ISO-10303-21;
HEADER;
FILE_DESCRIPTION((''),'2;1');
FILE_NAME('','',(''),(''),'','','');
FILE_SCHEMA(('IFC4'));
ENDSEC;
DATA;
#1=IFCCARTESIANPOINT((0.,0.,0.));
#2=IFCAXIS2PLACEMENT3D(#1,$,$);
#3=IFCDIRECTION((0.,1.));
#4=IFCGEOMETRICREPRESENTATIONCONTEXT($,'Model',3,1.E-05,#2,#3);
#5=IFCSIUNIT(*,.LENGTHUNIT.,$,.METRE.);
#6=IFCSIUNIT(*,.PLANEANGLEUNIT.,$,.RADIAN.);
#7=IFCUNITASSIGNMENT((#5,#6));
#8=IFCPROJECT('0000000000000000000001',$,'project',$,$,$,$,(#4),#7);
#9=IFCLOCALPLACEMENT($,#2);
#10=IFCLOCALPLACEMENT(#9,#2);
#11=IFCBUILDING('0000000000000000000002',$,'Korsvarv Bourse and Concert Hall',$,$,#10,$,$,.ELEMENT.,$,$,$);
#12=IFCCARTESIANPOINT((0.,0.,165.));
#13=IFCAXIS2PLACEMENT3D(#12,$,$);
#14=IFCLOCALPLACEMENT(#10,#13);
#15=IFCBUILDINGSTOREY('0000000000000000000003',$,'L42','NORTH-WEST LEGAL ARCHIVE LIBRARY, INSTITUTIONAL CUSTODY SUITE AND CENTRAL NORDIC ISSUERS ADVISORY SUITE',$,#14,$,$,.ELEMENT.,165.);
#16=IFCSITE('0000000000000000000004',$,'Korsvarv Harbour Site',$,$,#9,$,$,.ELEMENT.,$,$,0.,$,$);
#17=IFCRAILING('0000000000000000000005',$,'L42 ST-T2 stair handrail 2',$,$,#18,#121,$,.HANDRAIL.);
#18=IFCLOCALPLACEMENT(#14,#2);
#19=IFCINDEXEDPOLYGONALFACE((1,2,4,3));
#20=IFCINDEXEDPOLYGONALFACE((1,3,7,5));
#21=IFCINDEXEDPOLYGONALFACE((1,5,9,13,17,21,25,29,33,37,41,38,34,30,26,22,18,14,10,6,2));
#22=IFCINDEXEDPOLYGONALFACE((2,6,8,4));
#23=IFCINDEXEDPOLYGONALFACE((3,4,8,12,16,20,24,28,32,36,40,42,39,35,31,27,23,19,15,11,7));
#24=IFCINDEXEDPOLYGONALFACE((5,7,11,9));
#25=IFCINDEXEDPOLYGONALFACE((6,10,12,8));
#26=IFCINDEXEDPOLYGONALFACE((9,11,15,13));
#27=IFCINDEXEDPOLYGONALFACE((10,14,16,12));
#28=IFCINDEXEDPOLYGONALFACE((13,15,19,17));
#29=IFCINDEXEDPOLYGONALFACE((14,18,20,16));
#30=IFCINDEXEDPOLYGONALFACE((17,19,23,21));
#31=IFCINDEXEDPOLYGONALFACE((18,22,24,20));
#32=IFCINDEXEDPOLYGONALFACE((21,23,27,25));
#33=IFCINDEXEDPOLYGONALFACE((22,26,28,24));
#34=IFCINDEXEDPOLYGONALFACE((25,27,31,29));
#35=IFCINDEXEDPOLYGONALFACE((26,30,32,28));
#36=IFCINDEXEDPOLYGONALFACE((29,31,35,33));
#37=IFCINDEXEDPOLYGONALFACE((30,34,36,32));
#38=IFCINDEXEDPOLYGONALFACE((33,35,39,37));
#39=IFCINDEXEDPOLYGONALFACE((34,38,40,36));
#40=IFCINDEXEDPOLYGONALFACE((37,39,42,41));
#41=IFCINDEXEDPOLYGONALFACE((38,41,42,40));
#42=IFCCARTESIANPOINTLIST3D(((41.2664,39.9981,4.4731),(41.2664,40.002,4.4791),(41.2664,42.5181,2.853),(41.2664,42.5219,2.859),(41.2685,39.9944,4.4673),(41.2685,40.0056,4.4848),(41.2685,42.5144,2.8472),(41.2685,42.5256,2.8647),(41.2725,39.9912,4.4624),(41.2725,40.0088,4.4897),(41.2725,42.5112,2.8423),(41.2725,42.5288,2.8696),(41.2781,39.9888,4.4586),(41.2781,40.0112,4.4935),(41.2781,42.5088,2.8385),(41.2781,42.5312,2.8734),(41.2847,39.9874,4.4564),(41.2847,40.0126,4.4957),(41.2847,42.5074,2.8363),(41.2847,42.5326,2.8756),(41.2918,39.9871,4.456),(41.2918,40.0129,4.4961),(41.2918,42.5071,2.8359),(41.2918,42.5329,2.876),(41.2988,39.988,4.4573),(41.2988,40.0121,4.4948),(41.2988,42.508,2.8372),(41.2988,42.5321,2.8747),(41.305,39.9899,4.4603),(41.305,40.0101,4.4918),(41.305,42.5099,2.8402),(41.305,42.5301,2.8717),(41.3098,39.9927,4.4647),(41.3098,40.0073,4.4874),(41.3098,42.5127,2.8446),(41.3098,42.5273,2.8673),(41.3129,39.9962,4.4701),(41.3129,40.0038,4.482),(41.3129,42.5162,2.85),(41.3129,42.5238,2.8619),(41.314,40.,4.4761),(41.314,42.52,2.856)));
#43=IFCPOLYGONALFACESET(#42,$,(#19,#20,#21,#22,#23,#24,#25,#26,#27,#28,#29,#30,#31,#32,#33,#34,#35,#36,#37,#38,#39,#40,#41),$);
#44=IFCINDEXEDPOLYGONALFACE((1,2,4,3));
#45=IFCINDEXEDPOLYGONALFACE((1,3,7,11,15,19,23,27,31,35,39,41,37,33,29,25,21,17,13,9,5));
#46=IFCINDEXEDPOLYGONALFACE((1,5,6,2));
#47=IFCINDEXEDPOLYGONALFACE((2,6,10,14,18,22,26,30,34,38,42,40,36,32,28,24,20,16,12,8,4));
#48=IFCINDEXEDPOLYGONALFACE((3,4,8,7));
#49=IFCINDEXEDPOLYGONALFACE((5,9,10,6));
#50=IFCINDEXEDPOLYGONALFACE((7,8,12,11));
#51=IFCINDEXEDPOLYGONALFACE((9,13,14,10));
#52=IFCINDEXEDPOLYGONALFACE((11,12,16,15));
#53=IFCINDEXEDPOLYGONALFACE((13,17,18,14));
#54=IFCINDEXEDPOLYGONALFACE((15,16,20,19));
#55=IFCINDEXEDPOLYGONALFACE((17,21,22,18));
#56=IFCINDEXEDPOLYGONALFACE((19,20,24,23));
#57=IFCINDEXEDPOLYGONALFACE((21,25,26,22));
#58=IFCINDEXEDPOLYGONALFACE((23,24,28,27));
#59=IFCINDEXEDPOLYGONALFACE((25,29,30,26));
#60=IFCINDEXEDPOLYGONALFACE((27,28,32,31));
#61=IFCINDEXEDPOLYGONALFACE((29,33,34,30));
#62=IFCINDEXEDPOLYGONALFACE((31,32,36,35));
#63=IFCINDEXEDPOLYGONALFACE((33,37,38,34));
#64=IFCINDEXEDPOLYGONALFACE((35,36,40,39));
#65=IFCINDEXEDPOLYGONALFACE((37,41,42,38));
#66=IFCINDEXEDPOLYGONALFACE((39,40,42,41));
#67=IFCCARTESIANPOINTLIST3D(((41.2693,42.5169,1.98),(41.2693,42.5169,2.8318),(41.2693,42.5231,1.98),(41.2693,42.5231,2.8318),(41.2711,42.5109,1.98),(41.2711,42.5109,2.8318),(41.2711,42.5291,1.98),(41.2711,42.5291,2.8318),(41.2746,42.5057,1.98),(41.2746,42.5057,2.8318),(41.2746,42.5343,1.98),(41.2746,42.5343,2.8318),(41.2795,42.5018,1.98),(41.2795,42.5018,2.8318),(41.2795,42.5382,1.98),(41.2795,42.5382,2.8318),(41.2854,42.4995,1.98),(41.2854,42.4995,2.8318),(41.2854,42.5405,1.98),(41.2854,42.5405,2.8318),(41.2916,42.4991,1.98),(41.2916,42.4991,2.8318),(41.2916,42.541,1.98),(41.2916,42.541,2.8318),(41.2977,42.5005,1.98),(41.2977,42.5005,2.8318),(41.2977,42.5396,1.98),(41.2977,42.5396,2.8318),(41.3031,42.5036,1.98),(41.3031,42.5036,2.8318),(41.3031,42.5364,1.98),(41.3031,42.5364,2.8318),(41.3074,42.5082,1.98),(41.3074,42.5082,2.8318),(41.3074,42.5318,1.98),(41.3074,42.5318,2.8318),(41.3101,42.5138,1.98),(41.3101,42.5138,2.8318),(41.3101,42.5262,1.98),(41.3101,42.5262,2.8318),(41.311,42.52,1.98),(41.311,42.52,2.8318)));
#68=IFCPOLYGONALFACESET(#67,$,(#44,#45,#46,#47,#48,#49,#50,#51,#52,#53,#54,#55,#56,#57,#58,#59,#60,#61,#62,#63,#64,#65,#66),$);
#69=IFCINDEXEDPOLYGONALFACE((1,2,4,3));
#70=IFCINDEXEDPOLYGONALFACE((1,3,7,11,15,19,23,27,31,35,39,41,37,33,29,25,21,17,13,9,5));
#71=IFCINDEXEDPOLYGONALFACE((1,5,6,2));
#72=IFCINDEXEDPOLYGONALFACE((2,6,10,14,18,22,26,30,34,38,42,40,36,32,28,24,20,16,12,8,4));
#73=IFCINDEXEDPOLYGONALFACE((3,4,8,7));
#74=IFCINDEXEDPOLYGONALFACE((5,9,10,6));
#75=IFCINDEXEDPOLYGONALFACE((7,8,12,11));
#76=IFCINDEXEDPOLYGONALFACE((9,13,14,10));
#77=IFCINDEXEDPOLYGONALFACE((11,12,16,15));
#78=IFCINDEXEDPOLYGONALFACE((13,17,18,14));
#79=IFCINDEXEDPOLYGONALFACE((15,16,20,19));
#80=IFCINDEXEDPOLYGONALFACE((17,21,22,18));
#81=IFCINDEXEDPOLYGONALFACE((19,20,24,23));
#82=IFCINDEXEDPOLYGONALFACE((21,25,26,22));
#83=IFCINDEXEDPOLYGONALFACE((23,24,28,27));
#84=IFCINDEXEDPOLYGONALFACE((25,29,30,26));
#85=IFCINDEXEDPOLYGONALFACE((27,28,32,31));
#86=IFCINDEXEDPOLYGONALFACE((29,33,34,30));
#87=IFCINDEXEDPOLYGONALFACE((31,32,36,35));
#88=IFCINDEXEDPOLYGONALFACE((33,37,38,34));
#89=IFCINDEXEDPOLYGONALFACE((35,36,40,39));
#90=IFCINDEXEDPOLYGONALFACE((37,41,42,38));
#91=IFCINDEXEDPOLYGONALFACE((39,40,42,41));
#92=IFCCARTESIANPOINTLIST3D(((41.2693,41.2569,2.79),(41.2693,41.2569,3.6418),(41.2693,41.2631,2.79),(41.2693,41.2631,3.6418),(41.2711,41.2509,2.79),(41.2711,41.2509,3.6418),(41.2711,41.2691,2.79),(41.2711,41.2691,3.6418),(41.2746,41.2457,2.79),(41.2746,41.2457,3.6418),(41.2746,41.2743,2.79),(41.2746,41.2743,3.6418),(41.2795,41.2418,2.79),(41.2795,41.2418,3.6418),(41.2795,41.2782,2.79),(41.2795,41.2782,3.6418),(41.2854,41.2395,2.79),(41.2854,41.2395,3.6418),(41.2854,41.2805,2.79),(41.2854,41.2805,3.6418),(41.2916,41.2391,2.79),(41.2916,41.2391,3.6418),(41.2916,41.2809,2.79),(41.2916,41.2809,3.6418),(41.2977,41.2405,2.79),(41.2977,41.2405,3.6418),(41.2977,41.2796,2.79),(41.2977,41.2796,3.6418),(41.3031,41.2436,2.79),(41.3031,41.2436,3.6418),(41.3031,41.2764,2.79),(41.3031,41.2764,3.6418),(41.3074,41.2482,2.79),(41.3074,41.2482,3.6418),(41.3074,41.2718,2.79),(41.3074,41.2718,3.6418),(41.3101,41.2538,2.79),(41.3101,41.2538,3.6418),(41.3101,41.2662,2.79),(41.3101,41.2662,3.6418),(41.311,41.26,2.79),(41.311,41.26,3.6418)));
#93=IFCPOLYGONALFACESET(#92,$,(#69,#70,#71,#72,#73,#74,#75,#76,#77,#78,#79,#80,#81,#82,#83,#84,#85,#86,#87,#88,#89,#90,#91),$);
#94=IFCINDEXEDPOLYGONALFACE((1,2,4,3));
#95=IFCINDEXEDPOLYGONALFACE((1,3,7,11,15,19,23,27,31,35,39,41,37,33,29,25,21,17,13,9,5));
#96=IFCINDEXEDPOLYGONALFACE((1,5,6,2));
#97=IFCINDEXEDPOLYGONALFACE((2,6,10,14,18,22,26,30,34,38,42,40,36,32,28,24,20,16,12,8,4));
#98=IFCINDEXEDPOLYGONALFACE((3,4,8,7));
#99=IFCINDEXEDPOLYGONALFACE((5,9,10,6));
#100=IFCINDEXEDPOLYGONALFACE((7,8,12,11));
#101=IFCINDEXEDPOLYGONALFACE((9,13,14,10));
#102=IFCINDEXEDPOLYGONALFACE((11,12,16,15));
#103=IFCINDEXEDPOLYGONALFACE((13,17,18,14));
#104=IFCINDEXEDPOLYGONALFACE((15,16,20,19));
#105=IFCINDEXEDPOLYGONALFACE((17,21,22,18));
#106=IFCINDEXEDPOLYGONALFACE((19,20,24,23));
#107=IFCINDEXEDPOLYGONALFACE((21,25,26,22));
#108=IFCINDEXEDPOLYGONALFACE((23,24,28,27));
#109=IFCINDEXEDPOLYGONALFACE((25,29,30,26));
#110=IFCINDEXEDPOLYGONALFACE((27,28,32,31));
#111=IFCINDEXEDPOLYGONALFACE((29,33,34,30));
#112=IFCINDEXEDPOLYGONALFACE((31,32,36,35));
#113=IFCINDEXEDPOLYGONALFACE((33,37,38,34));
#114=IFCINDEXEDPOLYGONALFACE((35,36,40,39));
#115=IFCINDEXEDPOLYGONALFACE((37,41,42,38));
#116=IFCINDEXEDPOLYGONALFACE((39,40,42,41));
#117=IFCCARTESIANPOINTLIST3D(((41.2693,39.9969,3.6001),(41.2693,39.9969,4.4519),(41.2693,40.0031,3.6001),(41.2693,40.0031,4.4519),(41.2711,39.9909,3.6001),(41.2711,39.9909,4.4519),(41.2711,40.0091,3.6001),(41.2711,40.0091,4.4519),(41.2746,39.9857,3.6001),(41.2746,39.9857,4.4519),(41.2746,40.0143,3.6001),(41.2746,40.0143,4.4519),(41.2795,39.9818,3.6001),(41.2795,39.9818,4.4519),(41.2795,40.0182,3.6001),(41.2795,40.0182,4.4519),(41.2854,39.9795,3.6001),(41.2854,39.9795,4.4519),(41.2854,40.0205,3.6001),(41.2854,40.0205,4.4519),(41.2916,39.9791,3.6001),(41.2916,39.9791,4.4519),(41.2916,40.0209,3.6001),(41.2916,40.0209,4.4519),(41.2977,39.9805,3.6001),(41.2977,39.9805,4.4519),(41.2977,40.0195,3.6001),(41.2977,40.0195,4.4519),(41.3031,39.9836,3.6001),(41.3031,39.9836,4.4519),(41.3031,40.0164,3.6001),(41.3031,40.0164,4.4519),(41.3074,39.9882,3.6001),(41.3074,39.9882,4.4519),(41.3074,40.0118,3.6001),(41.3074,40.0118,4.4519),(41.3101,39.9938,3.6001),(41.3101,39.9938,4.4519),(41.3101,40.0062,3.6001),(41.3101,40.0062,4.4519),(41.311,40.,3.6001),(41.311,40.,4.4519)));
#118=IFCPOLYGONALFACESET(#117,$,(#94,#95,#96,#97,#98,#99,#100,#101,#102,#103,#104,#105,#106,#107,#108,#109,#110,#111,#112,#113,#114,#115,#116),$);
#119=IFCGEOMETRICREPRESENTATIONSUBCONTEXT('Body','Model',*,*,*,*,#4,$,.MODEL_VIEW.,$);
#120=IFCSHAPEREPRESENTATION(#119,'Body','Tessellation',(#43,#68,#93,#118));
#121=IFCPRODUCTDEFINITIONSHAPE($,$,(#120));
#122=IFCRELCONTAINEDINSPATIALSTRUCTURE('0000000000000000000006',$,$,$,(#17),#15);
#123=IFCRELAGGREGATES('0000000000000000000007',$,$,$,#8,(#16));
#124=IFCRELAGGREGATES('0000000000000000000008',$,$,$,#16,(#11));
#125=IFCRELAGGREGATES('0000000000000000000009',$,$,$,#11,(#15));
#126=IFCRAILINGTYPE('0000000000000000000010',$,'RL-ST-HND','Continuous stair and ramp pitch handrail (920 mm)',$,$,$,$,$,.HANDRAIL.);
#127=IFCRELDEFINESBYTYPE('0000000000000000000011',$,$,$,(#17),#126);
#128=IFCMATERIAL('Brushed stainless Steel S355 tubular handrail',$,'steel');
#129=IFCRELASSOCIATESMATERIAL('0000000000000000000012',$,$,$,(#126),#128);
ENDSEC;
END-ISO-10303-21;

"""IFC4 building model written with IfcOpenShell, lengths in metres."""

from ifc_helpers import new_model, si_unit, direction, frame, origin, origin_2d, place, context, subcontext, project, spatial, circle, extrude, material, type_object, element, save


model = new_model("IFC4")

# Units and contexts
model_context = context("Model", 3, precision=1e-05, world=origin(), true_north=direction((0.0, 1.0)))
body_context = subcontext(model_context, "Body", "Model", "MODEL_VIEW")
ifc_project = project(units=[si_unit("LENGTHUNIT", "METRE"), si_unit("PLANEANGLEUNIT", "RADIAN")], contexts=[model_context])

# Site, building, storey
site_placement = place(None, origin())
site = spatial("IfcSite", under=ifc_project, at=site_placement, Name="Korsvarv Harbour Site", CompositionType="ELEMENT", RefElevation=0.0)
building_placement = place(site_placement, origin())
building = spatial("IfcBuilding", under=site, at=building_placement, Name="Korsvarv Bourse and Concert Hall", CompositionType="ELEMENT")
storey_placement = place(building_placement, frame((0.0, 0.0, 165.0)))
storey = spatial("IfcBuildingStorey", under=building, at=storey_placement, Name="L42", Description="NORTH-WEST LEGAL ARCHIVE LIBRARY, INSTITUTIONAL CUSTODY SUITE AND CENTRAL NORDIC ISSUERS ADVISORY SUITE", CompositionType="ELEMENT", Elevation=165.0)

# Railing
ifc_material_1 = material(Name="Brushed stainless Steel S355 tubular handrail", Category="steel")
railing_type_1 = type_object("IfcRailingType", Name="RL-ST-HND", Description="Continuous stair and ramp pitch handrail (920 mm)", PredefinedType="HANDRAIL", material=ifc_material_1)
railing_1_placement = place(storey_placement, frame((41.29, 42.52, 1.98)))
element("IfcRailing", 1, at=railing_1_placement, inside=storey, type_object=railing_type_1, Name="L42 ST-T2 stair handrail 2", PredefinedType="HANDRAIL", context=body_context, shape_type="SweptSolid", body=[
    extrude(circle(Radius=0.0239, at=origin_2d()), frame((0.0, 0.0, 0.876), z_axis=(0.0, -0.841163, 0.540782), x_axis=(1.0, 0.0, 0.0)), (0.0, 0.0, 1.0), 2.9958),
    extrude(circle(Radius=0.021, at=origin_2d()), origin(), (0.0, 0.0, 1.0), 0.8518),
    extrude(circle(Radius=0.021, at=origin_2d()), frame((0.0, -1.26, 0.8101)), (0.0, 0.0, 1.0), 0.8518),
    extrude(circle(Radius=0.021, at=origin_2d()), frame((0.0, -2.52, 1.6201)), (0.0, 0.0, 1.0), 0.8518),
])

save(model, "model.ifc")
